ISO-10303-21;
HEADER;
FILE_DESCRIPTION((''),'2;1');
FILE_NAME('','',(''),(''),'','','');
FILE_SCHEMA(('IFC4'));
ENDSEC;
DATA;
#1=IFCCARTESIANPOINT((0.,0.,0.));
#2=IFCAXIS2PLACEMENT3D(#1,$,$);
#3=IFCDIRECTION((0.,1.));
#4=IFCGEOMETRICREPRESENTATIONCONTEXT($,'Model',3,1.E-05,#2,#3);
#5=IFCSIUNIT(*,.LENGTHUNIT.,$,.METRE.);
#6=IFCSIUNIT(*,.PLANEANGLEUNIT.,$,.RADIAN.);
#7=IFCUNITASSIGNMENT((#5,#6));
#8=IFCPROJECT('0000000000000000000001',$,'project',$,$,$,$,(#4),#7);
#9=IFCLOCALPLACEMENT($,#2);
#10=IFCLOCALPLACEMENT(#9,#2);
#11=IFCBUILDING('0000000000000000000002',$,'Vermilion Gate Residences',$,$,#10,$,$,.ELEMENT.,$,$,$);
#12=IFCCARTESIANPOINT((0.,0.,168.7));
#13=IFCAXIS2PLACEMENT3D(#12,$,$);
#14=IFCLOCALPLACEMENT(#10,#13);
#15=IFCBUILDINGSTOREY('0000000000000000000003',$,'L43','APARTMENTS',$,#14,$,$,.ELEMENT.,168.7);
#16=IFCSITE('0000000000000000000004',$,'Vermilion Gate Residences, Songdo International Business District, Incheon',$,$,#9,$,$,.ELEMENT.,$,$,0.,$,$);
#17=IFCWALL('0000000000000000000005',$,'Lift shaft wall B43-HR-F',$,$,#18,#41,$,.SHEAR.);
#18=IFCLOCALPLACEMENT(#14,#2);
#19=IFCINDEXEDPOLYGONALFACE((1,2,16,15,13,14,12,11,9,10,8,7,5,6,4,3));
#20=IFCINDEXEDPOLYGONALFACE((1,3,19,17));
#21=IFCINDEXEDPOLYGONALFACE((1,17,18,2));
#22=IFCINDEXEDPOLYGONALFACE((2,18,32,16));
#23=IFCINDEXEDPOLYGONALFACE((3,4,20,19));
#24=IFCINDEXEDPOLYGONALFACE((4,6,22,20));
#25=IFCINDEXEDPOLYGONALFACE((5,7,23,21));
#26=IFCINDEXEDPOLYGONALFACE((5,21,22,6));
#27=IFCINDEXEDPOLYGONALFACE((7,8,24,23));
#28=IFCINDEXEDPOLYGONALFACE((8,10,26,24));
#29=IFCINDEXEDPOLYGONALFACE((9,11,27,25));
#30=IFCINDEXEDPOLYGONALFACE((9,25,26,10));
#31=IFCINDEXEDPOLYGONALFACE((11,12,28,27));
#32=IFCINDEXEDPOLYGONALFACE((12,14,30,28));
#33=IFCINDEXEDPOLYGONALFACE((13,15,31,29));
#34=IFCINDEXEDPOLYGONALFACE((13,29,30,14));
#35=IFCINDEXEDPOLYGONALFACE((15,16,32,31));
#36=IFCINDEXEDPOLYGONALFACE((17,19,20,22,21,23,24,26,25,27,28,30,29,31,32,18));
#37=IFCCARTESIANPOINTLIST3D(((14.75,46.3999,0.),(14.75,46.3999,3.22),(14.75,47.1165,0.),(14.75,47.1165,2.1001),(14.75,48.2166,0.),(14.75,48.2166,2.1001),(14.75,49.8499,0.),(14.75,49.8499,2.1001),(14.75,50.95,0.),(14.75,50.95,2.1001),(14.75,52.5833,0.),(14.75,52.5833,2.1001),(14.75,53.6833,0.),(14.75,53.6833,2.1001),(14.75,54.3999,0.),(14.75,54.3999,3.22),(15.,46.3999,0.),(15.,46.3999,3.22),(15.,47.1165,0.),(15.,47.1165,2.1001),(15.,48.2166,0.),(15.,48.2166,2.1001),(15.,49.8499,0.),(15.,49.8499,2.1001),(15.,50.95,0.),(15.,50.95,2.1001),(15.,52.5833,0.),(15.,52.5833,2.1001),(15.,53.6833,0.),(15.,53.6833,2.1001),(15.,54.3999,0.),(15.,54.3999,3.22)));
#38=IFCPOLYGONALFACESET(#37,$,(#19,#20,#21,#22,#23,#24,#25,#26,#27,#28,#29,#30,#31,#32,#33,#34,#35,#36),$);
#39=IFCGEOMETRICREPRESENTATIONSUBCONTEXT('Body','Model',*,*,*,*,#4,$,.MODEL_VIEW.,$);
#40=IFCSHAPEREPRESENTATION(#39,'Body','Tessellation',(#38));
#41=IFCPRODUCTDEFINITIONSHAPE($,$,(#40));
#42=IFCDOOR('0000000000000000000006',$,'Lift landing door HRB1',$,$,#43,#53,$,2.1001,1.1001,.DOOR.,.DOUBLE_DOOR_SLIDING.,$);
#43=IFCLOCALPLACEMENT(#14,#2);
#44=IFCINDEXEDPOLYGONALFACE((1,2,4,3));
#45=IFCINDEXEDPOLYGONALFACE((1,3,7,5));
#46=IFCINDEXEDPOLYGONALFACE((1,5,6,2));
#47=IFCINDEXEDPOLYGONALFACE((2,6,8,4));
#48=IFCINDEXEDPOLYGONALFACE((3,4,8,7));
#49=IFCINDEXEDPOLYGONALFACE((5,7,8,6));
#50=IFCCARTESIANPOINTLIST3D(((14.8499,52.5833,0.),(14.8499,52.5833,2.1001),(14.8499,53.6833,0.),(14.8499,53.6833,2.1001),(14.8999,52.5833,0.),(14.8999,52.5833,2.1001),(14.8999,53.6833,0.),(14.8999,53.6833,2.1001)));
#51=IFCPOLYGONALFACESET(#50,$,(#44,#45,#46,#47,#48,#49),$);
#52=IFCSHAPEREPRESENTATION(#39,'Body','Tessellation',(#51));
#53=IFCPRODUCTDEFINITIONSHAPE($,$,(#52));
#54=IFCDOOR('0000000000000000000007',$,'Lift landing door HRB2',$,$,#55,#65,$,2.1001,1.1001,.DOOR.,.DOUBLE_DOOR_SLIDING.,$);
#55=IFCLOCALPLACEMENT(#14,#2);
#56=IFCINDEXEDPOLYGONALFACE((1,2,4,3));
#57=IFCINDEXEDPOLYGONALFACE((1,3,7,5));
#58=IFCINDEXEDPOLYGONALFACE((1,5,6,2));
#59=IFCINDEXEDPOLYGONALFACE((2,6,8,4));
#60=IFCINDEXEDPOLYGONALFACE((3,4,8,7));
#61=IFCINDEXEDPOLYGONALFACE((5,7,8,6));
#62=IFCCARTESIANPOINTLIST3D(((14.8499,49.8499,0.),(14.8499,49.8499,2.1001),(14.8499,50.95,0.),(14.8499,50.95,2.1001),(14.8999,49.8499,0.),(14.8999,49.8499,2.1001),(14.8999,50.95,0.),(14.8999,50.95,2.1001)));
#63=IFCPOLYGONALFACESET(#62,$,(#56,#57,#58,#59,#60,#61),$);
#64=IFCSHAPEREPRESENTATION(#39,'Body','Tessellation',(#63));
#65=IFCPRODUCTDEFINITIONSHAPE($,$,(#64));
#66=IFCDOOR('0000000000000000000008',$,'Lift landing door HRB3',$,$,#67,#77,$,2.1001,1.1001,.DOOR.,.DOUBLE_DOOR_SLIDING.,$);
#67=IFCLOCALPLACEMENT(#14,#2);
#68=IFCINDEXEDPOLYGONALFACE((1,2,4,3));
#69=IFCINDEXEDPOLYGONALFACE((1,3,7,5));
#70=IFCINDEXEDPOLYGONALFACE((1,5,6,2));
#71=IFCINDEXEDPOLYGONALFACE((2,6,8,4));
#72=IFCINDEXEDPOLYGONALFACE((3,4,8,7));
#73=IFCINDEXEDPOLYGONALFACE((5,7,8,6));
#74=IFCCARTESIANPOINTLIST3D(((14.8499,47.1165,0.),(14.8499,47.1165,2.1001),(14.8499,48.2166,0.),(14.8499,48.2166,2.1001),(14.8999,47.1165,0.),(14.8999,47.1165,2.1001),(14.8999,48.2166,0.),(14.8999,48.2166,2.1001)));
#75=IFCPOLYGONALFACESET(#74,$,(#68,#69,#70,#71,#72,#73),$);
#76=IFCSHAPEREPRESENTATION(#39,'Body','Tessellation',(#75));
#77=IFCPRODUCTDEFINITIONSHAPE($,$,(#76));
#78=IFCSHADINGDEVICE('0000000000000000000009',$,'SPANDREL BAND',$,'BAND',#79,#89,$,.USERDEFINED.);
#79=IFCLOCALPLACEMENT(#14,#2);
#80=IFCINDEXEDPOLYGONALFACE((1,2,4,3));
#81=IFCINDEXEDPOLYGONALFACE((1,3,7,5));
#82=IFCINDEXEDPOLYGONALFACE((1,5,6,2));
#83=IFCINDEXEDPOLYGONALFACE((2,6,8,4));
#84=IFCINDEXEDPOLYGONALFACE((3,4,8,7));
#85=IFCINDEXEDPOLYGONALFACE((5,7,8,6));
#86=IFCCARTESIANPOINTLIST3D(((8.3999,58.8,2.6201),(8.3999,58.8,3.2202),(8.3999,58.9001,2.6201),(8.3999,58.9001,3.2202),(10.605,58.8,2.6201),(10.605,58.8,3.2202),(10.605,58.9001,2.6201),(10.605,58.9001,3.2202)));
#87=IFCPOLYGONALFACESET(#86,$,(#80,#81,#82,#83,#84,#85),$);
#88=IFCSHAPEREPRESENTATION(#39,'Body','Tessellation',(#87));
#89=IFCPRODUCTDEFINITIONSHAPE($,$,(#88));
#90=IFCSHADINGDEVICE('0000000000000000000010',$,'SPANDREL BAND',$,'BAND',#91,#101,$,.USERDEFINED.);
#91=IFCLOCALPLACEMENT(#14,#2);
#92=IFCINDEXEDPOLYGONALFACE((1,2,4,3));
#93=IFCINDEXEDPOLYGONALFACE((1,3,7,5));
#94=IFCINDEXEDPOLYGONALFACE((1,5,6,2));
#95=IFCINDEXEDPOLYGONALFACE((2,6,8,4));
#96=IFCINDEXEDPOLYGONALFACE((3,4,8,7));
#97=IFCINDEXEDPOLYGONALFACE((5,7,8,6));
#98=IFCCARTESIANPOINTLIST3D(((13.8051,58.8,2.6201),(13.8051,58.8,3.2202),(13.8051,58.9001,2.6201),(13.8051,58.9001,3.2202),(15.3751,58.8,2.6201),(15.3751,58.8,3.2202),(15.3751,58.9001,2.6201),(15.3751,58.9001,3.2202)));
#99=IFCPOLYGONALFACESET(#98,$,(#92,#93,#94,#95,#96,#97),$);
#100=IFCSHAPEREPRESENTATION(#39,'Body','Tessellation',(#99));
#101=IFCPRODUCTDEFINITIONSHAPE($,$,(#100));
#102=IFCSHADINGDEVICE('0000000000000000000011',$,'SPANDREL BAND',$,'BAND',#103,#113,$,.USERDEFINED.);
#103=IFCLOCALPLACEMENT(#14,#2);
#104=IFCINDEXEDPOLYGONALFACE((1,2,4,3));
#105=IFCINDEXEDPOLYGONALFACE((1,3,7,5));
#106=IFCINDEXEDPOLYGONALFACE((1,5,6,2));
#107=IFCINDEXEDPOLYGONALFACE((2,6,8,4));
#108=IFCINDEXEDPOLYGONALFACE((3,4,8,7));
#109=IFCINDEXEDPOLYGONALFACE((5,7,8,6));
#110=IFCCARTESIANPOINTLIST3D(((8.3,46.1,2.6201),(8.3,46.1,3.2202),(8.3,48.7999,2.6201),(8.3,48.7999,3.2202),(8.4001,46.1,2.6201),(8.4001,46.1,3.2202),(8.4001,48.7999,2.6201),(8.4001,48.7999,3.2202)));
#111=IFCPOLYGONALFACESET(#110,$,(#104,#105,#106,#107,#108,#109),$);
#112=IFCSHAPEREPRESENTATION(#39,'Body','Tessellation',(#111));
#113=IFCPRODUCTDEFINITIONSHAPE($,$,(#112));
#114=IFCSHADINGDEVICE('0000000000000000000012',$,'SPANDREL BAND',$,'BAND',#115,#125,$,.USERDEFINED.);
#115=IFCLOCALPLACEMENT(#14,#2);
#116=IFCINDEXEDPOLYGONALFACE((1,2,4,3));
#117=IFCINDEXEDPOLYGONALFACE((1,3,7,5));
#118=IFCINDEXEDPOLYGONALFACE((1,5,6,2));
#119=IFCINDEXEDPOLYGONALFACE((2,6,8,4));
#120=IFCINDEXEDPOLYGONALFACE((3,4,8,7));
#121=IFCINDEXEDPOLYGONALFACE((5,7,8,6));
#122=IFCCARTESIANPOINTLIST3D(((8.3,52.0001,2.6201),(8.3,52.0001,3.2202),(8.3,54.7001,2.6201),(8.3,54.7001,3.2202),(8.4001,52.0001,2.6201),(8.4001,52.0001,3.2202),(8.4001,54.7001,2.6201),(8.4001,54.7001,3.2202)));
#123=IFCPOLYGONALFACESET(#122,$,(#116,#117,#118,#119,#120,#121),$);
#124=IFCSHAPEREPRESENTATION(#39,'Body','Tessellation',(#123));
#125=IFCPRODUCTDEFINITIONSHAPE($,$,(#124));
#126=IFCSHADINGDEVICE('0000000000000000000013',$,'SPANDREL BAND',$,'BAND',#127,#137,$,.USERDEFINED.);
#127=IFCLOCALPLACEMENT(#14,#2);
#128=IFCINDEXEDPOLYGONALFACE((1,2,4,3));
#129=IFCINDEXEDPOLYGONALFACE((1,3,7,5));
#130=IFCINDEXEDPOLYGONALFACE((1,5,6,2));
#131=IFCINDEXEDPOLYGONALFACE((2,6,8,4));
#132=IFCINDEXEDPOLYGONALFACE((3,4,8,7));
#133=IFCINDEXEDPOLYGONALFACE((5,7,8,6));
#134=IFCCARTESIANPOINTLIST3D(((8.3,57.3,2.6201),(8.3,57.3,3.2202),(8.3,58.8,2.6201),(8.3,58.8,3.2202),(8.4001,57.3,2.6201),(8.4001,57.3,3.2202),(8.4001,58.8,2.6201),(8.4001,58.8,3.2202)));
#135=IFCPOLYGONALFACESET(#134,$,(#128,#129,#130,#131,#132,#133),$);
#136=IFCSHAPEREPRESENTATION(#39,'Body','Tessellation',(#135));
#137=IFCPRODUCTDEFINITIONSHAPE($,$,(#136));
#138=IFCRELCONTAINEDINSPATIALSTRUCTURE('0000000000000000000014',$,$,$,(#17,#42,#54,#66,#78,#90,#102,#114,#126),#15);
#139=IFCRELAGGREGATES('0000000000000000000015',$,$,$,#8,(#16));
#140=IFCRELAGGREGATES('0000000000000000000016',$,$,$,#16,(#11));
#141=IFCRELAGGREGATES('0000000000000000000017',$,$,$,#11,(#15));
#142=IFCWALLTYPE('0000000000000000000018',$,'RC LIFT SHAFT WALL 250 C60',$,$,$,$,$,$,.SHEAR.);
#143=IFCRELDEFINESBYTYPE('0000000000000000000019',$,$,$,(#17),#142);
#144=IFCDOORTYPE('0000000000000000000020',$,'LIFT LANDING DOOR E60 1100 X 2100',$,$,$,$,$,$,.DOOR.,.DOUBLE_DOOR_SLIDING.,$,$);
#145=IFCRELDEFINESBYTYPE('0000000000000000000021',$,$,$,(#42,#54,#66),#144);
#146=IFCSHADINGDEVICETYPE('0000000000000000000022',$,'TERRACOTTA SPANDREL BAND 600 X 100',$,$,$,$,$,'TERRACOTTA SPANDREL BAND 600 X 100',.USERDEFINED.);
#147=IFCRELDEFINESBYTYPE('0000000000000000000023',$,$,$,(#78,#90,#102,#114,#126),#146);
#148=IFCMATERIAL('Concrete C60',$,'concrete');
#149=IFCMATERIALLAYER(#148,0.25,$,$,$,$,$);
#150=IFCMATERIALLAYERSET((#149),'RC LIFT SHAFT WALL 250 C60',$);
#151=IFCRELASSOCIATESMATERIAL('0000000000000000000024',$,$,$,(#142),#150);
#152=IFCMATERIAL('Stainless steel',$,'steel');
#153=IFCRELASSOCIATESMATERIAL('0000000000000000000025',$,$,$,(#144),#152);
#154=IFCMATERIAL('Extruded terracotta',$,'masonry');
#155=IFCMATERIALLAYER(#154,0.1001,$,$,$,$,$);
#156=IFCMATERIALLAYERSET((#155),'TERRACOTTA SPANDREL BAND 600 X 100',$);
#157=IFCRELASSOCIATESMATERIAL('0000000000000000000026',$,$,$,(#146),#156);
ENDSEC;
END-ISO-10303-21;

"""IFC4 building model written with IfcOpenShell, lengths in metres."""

from ifc_helpers import new_model, si_unit, direction, frame, frame_2d, origin, origin_2d, place, context, subcontext, project, spatial, rectangle, extrude, material, layer, layer_set, type_object, element, fill, save


model = new_model("IFC4")

# Units and contexts
model_context = context("Model", 3, precision=1e-05, world=origin(), true_north=direction((0.0, 1.0)))
body_context = subcontext(model_context, "Body", "Model", "MODEL_VIEW")
ifc_project = project(units=[si_unit("LENGTHUNIT", "METRE"), si_unit("PLANEANGLEUNIT", "RADIAN")], contexts=[model_context])

# Site, building, storey
site_placement = place(None, origin())
site = spatial("IfcSite", under=ifc_project, at=site_placement, Name="Vermilion Gate Residences, Songdo International Business District, Incheon", CompositionType="ELEMENT", RefElevation=0.0)
building_placement = place(site_placement, origin())
building = spatial("IfcBuilding", under=site, at=building_placement, Name="Vermilion Gate Residences", CompositionType="ELEMENT")
storey_placement = place(building_placement, frame((0.0, 0.0, 168.7)))
storey = spatial("IfcBuildingStorey", under=building, at=storey_placement, Name="L43", Description="APARTMENTS", CompositionType="ELEMENT", Elevation=168.7)

# Wall, openings, doors
ifc_material_1 = material(Name="Concrete C60", Category="concrete")
ifc_layer_1 = layer(ifc_material_1, 0.25)
ifc_layer_set_1 = layer_set([ifc_layer_1], Name="RC LIFT SHAFT WALL 250 C60")
wall_type_1 = type_object("IfcWallType", Name="RC LIFT SHAFT WALL 250 C60", PredefinedType="SHEAR", material=ifc_layer_set_1)
wall_1_placement = place(storey_placement, frame((14.875, 54.3999, 0.0), z_axis=(0.0, 0.0, 1.0), x_axis=(0.0, -1.0, 0.0)))
wall_1 = element("IfcWall", 1, at=wall_1_placement, inside=storey, type_object=wall_type_1, Name="Lift shaft wall B43-HR-F", PredefinedType="SHEAR", context=body_context, shape_type="SweptSolid", body=[
    extrude(rectangle(XDim=8.0, YDim=0.25, at=frame_2d((4.0, 0.0))), origin(), (0.0, 0.0, 1.0), 3.22),
])
opening_1_placement = place(wall_1_placement, frame((0.7166, 0.0, 0.0)))
opening_1 = element("IfcOpeningElement", 2, at=opening_1_placement, cuts=wall_1, PredefinedType="OPENING", context=body_context, shape_type="SweptSolid", body=[
    extrude(rectangle(XDim=1.1001, YDim=2.1001, at=frame_2d((0.55, 1.05))), frame((0.0, 0.135, 0.0), z_axis=(0.0, -1.0, 0.0), x_axis=(1.0, 0.0, 0.0)), (0.0, 0.0, 1.0), 0.27),
])
opening_2_placement = place(wall_1_placement, frame((3.45, 0.0, 0.0)))
opening_2 = element("IfcOpeningElement", 3, at=opening_2_placement, cuts=wall_1, PredefinedType="OPENING", context=body_context, shape_type="SweptSolid", body=[
    extrude(rectangle(XDim=1.1001, YDim=2.1001, at=frame_2d((0.55, 1.05))), frame((0.0, 0.135, 0.0), z_axis=(0.0, -1.0, 0.0), x_axis=(1.0, 0.0, 0.0)), (0.0, 0.0, 1.0), 0.27),
])
opening_3_placement = place(wall_1_placement, frame((6.1833, 0.0, 0.0)))
opening_3 = element("IfcOpeningElement", 4, at=opening_3_placement, cuts=wall_1, PredefinedType="OPENING", context=body_context, shape_type="SweptSolid", body=[
    extrude(rectangle(XDim=1.1001, YDim=2.1001, at=frame_2d((0.55, 1.05))), frame((0.0, 0.135, 0.0), z_axis=(0.0, -1.0, 0.0), x_axis=(1.0, 0.0, 0.0)), (0.0, 0.0, 1.0), 0.27),
])
ifc_material_2 = material(Name="Stainless steel", Category="steel")
door_type_1 = type_object("IfcDoorType", Name="LIFT LANDING DOOR E60 1100 X 2100", OperationType="DOUBLE_DOOR_SLIDING", PredefinedType="DOOR", material=ifc_material_2)
door_1_placement = place(opening_1_placement, origin())
door_1 = element("IfcDoor", 5, at=door_1_placement, inside=storey, type_object=door_type_1, Name="Lift landing door HRB1", OperationType="DOUBLE_DOOR_SLIDING", OverallHeight=2.1001, OverallWidth=1.1001, PredefinedType="DOOR", context=body_context, shape_type="SweptSolid", body=[
    extrude(rectangle(XDim=1.1001, YDim=2.1001, at=frame_2d((0.55, 1.05))), frame((0.0, 0.0249, 0.0), z_axis=(0.0, -1.0, 0.0), x_axis=(1.0, 0.0, 0.0)), (0.0, 0.0, 1.0), 0.05),
])
fill(opening_1, door_1)
door_2_placement = place(opening_2_placement, origin())
door_2 = element("IfcDoor", 6, at=door_2_placement, inside=storey, type_object=door_type_1, Name="Lift landing door HRB2", OperationType="DOUBLE_DOOR_SLIDING", OverallHeight=2.1001, OverallWidth=1.1001, PredefinedType="DOOR", context=body_context, shape_type="SweptSolid", body=[
    extrude(rectangle(XDim=1.1001, YDim=2.1001, at=frame_2d((0.55, 1.05))), frame((0.0, 0.0249, 0.0), z_axis=(0.0, -1.0, 0.0), x_axis=(1.0, 0.0, 0.0)), (0.0, 0.0, 1.0), 0.05),
])
fill(opening_2, door_2)
door_3_placement = place(opening_3_placement, origin())
door_3 = element("IfcDoor", 7, at=door_3_placement, inside=storey, type_object=door_type_1, Name="Lift landing door HRB3", OperationType="DOUBLE_DOOR_SLIDING", OverallHeight=2.1001, OverallWidth=1.1001, PredefinedType="DOOR", context=body_context, shape_type="SweptSolid", body=[
    extrude(rectangle(XDim=1.1001, YDim=2.1001, at=frame_2d((0.55, 1.05))), frame((0.0, 0.0249, 0.0), z_axis=(0.0, -1.0, 0.0), x_axis=(1.0, 0.0, 0.0)), (0.0, 0.0, 1.0), 0.05),
])
fill(opening_3, door_3)

# Shading devices
ifc_material_3 = material(Name="Extruded terracotta", Category="masonry")
ifc_layer_2 = layer(ifc_material_3, 0.1001)
ifc_layer_set_2 = layer_set([ifc_layer_2], Name="TERRACOTTA SPANDREL BAND 600 X 100")
shading_device_type = type_object("IfcShadingDeviceType", Name="TERRACOTTA SPANDREL BAND 600 X 100", ElementType="TERRACOTTA SPANDREL BAND 600 X 100", PredefinedType="USERDEFINED", material=ifc_layer_set_2)
shading_device_1_placement = place(storey_placement, frame((9.5024, 58.8501, 2.6201), z_axis=(0.0, 0.0, 1.0), x_axis=(1.0, 0.0, 0.0)))
element("IfcShadingDevice", 8, at=shading_device_1_placement, inside=storey, type_object=shading_device_type, Name="SPANDREL BAND", ObjectType="BAND", PredefinedType="USERDEFINED", context=body_context, shape_type="SweptSolid", body=[
    extrude(rectangle(XDim=2.2051, YDim=0.1001, at=origin_2d()), origin(), (0.0, 0.0, 1.0), 0.6001),
])
shading_device_2_placement = place(storey_placement, frame((14.5901, 58.8501, 2.6201), z_axis=(0.0, 0.0, 1.0), x_axis=(1.0, 0.0, 0.0)))
element("IfcShadingDevice", 9, at=shading_device_2_placement, inside=storey, type_object=shading_device_type, Name="SPANDREL BAND", ObjectType="BAND", PredefinedType="USERDEFINED", context=body_context, shape_type="SweptSolid", body=[
    extrude(rectangle(XDim=1.5701, YDim=0.1001, at=origin_2d()), origin(), (0.0, 0.0, 1.0), 0.6001),
])
for number, where, z_axis, x_axis, name in (
    (10, (8.3501, 47.45, 2.6201), (0.0, 0.0, 1.0), (0.0, 1.0, 0.0), "SPANDREL BAND"),
    (11, (8.3501, 53.3501, 2.6201), (0.0, 0.0, 1.0), (0.0, 1.0, 0.0), "SPANDREL BAND"),
):
    element("IfcShadingDevice", number, at=place(storey_placement, frame(where, z_axis=z_axis, x_axis=x_axis)), inside=storey, type_object=shading_device_type, Name=name, ObjectType="BAND", PredefinedType="USERDEFINED", context=body_context, shape_type="SweptSolid", body=[
        extrude(rectangle(XDim=2.7, YDim=0.1001, at=origin_2d()), origin(), (0.0, 0.0, 1.0), 0.6001),
    ])
shading_device_3_placement = place(storey_placement, frame((8.3501, 58.05, 2.6201), z_axis=(0.0, 0.0, 1.0), x_axis=(0.0, 1.0, 0.0)))
element("IfcShadingDevice", 12, at=shading_device_3_placement, inside=storey, type_object=shading_device_type, Name="SPANDREL BAND", ObjectType="BAND", PredefinedType="USERDEFINED", context=body_context, shape_type="SweptSolid", body=[
    extrude(rectangle(XDim=1.5, YDim=0.1001, at=origin_2d()), origin(), (0.0, 0.0, 1.0), 0.6001),
])

save(model, "model.ifc")
